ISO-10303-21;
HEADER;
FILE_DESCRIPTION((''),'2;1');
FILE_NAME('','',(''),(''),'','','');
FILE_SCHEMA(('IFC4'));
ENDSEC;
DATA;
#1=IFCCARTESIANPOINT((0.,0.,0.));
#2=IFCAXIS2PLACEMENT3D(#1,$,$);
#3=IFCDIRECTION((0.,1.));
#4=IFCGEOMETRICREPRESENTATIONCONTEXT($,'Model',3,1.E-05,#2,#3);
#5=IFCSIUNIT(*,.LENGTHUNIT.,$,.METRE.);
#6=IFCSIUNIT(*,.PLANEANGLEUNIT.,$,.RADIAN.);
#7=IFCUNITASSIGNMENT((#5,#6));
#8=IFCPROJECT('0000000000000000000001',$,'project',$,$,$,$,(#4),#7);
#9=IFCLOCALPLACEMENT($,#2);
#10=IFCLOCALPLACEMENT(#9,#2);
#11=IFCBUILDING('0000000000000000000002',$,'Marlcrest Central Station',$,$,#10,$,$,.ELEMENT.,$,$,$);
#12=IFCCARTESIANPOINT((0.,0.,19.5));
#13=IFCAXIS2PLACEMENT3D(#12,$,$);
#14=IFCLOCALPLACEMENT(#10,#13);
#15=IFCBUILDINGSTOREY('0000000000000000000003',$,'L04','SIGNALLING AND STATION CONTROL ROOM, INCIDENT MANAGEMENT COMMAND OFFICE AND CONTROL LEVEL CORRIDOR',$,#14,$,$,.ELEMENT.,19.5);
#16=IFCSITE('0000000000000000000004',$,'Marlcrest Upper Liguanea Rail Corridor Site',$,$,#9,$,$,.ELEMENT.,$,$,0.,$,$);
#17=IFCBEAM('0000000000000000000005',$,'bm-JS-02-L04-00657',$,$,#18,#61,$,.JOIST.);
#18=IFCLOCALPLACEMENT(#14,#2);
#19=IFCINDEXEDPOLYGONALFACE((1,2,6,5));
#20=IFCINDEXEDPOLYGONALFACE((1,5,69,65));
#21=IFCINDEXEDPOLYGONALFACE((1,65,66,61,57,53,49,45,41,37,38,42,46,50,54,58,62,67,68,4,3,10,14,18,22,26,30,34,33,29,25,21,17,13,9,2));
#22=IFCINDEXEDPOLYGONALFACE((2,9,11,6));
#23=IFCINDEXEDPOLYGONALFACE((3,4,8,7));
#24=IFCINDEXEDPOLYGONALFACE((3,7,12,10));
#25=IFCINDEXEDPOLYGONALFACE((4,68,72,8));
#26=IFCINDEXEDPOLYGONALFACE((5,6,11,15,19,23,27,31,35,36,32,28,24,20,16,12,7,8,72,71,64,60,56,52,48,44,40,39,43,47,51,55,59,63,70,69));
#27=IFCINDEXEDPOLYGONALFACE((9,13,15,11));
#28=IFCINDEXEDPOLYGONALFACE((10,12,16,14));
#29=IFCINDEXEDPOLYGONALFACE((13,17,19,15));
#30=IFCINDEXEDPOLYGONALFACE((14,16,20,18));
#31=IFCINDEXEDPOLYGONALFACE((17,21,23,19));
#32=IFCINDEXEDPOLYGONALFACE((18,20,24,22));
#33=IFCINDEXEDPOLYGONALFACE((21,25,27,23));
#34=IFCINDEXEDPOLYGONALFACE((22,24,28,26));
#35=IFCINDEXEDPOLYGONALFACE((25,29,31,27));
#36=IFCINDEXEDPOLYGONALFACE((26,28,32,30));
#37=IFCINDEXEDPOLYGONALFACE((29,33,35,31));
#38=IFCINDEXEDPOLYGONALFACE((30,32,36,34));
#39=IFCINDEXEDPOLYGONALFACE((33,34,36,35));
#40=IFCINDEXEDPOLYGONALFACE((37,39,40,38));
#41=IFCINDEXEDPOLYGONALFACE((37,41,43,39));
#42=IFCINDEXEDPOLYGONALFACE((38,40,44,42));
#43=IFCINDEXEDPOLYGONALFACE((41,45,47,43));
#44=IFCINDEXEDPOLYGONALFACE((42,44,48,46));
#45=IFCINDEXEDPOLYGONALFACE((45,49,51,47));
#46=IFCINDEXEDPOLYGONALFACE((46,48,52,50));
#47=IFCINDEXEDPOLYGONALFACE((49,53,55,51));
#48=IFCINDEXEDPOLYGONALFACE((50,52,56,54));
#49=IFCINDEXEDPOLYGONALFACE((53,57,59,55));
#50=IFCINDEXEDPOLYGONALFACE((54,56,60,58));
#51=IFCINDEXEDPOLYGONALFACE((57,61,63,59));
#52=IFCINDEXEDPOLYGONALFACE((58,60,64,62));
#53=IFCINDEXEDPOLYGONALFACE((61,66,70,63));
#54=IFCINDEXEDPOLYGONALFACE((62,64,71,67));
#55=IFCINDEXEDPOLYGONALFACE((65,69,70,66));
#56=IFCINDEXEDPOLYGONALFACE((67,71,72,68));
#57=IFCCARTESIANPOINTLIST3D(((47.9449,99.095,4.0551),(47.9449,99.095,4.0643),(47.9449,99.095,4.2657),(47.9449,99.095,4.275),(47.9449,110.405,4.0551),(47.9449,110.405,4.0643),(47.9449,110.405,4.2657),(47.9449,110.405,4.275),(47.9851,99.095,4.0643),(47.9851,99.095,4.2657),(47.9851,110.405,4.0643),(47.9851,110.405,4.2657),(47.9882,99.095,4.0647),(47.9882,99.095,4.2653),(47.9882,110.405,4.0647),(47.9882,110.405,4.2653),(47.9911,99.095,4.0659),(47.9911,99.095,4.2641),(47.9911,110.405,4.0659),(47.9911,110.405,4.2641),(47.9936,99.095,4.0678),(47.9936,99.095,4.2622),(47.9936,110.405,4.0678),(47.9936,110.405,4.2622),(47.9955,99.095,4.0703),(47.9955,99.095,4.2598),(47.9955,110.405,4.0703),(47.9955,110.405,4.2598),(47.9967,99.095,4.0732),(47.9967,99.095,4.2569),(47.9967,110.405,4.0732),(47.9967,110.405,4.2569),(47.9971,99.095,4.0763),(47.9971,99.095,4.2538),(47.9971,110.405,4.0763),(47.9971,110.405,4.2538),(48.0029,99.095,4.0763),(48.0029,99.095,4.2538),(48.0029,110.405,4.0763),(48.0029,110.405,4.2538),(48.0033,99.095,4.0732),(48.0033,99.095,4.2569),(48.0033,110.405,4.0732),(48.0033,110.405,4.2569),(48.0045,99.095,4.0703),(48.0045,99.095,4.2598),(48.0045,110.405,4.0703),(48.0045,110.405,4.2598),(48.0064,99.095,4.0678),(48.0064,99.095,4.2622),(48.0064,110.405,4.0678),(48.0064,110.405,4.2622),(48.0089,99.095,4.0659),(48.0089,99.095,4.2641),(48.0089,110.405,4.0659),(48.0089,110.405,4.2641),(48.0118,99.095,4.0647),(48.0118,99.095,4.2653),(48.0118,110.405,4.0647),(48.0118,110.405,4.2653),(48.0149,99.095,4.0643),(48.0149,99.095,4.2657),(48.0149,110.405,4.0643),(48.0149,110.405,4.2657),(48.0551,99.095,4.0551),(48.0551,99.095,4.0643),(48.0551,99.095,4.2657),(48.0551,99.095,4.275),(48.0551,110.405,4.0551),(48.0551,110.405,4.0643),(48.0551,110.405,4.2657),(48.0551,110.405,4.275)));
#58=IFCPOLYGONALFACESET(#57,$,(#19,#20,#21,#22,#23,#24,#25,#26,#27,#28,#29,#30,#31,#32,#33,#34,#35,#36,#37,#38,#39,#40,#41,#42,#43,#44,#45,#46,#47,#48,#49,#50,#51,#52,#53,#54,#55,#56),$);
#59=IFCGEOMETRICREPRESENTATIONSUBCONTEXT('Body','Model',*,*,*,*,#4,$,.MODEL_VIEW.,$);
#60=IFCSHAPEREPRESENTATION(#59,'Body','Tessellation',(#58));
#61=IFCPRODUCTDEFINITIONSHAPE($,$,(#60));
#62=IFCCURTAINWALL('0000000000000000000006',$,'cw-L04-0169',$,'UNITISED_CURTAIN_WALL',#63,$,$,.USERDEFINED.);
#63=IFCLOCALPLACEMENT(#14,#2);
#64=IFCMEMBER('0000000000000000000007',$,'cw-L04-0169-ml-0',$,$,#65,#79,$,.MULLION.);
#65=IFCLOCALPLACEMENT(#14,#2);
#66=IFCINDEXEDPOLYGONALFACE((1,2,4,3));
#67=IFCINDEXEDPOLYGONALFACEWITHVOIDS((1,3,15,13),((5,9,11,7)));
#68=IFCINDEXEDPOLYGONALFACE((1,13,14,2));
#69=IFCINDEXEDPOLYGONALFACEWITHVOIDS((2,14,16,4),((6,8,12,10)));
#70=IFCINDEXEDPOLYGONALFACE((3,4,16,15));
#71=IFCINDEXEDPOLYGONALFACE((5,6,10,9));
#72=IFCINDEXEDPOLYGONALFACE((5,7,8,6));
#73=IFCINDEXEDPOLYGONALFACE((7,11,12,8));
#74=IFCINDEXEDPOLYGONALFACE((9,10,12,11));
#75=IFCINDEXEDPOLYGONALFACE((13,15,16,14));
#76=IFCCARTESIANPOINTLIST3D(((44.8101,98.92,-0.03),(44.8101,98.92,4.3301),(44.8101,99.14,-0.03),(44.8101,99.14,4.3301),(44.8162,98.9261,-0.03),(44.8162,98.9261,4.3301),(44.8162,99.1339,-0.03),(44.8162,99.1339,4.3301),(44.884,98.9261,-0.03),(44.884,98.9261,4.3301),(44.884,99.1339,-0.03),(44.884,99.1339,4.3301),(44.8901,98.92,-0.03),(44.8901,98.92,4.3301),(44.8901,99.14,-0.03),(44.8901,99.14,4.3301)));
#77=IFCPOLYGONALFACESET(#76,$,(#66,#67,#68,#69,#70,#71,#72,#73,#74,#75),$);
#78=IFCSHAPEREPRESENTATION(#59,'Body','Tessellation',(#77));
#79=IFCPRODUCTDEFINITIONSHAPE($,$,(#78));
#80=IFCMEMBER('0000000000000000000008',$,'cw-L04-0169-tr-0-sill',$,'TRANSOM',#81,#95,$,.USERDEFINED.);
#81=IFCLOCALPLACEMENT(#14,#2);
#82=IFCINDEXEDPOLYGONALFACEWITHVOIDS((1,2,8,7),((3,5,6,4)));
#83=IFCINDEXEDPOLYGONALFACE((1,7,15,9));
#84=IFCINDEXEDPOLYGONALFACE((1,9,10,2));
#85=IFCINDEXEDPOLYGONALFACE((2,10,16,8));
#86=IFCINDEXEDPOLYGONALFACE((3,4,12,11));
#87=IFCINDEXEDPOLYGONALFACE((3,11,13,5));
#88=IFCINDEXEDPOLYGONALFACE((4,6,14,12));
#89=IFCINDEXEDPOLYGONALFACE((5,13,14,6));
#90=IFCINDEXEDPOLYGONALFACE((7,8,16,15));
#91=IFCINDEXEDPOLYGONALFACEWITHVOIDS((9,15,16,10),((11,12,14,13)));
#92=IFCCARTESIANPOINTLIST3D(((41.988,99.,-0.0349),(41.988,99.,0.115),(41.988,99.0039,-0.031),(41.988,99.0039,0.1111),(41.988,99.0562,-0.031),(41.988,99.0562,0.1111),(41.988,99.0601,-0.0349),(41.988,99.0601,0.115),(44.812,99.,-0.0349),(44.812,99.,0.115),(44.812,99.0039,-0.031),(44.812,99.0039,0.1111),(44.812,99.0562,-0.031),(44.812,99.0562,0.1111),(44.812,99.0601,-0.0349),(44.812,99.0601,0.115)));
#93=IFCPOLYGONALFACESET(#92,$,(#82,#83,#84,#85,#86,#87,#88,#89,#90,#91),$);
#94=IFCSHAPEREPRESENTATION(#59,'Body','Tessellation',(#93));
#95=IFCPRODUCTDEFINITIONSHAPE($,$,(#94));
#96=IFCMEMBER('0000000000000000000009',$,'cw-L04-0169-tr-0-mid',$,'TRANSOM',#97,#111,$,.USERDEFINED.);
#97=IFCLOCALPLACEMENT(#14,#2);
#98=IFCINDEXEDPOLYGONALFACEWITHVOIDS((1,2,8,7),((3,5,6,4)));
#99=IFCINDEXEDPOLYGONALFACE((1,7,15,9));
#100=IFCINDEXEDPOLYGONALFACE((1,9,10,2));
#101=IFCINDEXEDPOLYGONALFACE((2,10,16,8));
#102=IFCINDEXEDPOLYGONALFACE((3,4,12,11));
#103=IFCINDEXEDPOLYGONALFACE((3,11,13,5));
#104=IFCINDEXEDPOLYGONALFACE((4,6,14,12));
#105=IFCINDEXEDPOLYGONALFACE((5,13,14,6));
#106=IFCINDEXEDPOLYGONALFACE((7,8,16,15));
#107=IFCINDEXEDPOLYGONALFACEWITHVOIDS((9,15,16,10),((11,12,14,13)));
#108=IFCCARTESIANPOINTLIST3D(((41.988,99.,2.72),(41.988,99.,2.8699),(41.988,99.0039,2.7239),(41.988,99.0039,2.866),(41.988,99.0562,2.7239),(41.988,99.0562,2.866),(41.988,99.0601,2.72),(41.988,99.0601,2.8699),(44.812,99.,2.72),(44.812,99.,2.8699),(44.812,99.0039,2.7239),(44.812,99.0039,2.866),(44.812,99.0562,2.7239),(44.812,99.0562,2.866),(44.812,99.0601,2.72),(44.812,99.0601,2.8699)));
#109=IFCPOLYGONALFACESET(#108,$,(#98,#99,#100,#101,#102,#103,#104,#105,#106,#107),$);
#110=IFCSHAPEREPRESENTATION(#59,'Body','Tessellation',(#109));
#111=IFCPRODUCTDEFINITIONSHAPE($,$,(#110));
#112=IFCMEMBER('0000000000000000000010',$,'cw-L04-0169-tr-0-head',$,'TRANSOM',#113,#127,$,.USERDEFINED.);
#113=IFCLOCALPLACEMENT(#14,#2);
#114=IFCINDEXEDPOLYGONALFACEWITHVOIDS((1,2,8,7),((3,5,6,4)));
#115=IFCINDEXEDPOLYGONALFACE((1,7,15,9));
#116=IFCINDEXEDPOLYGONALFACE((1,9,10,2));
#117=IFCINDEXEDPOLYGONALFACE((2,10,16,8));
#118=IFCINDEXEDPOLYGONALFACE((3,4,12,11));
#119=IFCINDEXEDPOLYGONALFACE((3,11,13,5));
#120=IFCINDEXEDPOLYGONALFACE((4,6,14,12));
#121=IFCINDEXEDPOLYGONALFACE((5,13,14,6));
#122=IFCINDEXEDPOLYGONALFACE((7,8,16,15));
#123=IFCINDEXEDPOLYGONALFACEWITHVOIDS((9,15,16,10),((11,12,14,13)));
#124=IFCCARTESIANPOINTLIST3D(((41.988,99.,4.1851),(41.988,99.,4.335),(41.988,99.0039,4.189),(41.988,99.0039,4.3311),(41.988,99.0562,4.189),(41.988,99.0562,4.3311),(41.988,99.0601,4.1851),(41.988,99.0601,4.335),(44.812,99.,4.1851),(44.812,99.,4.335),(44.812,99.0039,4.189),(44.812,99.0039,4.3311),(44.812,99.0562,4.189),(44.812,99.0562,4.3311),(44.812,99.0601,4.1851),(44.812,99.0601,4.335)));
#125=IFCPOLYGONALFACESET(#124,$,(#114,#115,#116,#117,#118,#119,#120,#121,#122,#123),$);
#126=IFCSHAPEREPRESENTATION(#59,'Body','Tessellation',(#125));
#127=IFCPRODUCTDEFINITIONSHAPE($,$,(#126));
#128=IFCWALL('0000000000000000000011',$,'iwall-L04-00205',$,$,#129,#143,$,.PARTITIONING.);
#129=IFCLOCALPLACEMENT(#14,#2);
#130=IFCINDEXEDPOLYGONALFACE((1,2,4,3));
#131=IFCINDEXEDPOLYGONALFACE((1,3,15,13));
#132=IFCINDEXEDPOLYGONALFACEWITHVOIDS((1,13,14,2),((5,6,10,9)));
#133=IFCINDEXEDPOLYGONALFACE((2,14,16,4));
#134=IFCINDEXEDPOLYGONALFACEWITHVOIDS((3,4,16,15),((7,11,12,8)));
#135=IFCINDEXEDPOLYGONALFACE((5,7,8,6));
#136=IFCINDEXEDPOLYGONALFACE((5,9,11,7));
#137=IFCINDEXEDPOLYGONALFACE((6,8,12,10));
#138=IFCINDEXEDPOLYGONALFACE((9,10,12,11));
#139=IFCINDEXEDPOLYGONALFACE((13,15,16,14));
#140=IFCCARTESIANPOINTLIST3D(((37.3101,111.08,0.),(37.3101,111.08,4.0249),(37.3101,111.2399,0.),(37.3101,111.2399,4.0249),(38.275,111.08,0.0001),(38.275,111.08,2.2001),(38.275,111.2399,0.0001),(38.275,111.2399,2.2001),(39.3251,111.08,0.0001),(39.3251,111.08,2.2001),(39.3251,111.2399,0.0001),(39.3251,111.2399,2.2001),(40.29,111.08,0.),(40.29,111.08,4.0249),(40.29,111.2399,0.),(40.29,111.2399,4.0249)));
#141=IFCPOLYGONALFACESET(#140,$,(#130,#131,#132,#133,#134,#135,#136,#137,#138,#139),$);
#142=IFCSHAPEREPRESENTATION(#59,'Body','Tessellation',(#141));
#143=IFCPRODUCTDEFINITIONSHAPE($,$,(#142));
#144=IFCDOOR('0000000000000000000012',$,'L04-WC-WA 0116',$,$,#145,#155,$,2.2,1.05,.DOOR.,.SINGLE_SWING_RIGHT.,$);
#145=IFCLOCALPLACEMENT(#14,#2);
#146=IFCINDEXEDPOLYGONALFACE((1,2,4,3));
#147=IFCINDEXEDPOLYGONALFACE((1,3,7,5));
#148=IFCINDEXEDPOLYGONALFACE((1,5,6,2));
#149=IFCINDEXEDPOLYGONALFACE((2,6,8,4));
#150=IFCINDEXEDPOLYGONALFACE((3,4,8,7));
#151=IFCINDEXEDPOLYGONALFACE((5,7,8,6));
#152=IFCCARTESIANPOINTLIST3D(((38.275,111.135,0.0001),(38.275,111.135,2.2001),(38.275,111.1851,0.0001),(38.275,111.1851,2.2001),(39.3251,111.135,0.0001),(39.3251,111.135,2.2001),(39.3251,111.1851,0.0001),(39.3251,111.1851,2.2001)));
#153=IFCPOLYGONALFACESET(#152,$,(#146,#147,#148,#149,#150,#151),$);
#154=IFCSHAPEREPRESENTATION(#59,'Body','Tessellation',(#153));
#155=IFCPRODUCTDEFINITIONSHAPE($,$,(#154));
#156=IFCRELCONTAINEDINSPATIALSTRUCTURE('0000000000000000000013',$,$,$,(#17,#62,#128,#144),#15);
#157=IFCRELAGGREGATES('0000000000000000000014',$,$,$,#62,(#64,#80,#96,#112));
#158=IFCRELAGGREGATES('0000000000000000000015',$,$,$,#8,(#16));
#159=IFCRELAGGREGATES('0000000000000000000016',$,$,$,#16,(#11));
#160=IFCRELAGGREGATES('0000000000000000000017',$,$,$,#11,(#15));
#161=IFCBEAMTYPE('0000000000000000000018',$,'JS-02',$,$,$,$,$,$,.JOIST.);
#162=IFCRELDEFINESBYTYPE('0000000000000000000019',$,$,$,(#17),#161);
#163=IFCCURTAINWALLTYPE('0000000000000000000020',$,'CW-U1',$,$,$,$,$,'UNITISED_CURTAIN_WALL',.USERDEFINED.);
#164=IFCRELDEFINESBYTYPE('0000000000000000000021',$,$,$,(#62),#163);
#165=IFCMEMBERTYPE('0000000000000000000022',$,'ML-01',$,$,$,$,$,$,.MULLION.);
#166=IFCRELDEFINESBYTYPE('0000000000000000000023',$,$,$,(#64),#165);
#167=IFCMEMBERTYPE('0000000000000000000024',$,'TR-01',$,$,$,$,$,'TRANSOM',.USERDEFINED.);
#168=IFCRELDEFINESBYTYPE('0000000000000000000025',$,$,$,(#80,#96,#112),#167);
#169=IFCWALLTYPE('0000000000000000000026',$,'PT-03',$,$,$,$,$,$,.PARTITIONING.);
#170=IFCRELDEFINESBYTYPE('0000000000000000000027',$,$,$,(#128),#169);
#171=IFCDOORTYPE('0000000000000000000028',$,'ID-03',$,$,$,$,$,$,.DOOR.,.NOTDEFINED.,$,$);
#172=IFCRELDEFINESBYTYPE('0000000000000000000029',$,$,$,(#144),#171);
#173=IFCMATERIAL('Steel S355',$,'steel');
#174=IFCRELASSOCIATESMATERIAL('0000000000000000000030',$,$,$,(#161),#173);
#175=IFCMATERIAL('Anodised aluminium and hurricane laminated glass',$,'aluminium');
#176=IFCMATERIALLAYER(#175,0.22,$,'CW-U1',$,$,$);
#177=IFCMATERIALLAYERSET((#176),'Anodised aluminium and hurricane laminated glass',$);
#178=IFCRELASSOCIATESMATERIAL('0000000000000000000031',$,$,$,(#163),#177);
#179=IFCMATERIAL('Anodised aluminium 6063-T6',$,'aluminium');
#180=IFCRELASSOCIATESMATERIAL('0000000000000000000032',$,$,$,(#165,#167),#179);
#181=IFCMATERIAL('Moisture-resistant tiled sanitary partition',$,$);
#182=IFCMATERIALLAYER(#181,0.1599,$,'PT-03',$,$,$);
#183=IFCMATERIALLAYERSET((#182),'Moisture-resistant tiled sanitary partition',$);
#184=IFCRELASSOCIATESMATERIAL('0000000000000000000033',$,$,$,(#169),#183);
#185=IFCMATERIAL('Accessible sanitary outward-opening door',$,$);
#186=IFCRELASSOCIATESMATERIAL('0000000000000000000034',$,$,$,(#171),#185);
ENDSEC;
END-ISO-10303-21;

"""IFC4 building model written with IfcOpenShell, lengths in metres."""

from ifc_helpers import new_model, si_unit, direction, frame, frame_2d, origin, origin_2d, place, context, subcontext, project, spatial, rectangle, hollow_rectangle, i_section, extrude, material, layer, layer_set, material_profile, profile_set, type_object, element, fill, aggregate, save


model = new_model("IFC4")

# Units and contexts
model_context = context("Model", 3, precision=1e-05, world=origin(), true_north=direction((0.0, 1.0)))
body_context = subcontext(model_context, "Body", "Model", "MODEL_VIEW")
ifc_project = project(units=[si_unit("LENGTHUNIT", "METRE"), si_unit("PLANEANGLEUNIT", "RADIAN")], contexts=[model_context])

# Site, building, storey
site_placement = place(None, origin())
site = spatial("IfcSite", under=ifc_project, at=site_placement, Name="Marlcrest Upper Liguanea Rail Corridor Site", CompositionType="ELEMENT", RefElevation=0.0)
building_placement = place(site_placement, origin())
building = spatial("IfcBuilding", under=site, at=building_placement, Name="Marlcrest Central Station", CompositionType="ELEMENT")
storey_placement = place(building_placement, frame((0.0, 0.0, 19.5)))
storey = spatial("IfcBuildingStorey", under=building, at=storey_placement, Name="L04", Description="SIGNALLING AND STATION CONTROL ROOM, INCIDENT MANAGEMENT COMMAND OFFICE AND CONTROL LEVEL CORRIDOR", CompositionType="ELEMENT", Elevation=19.5)

# Shared definitions
ifc_material_1 = material(Name="Steel S355", Category="steel")

# Beam
ifc_material_profile_1 = material_profile(ifc_material_1, i_section(OverallWidth=0.1101, OverallDepth=0.22, WebThickness=0.0059, FlangeThickness=0.0093, FilletRadius=0.012, at=origin_2d()), Name="IPE 220")
ifc_profile_set_1 = profile_set([ifc_material_profile_1], Name="Steel S355")
beam_type_1 = type_object("IfcBeamType", Name="JS-02", PredefinedType="JOIST", material=ifc_profile_set_1)
beam_1_placement = place(storey_placement, frame((48.0, 99.095, 4.165), z_axis=(0.0, 1.0, 0.0), x_axis=(-1.0, 0.0, 0.0)))
element("IfcBeam", 1, at=beam_1_placement, inside=storey, type_object=beam_type_1, Name="bm-JS-02-L04-00657", PredefinedType="JOIST", context=body_context, shape_type="SweptSolid", body=[
    extrude(i_section(OverallWidth=0.1101, OverallDepth=0.22, WebThickness=0.0059, FlangeThickness=0.0093, FilletRadius=0.012, at=origin_2d()), origin(), (0.0, 0.0, 1.0), 11.3101),
])

# Curtain wall, members
ifc_material_2 = material(Name="Anodised aluminium and hurricane laminated glass", Category="aluminium")
ifc_layer_1 = layer(ifc_material_2, 0.22, Name="CW-U1")
ifc_layer_set_1 = layer_set([ifc_layer_1], Name="Anodised aluminium and hurricane laminated glass")
curtain_wall_type = type_object("IfcCurtainWallType", Name="CW-U1", ElementType="UNITISED_CURTAIN_WALL", PredefinedType="USERDEFINED", material=ifc_layer_set_1)
curtain_wall_placement = place(storey_placement, origin())
curtain_wall = element("IfcCurtainWall", 2, at=curtain_wall_placement, inside=storey, type_object=curtain_wall_type, Name="cw-L04-0169", ObjectType="UNITISED_CURTAIN_WALL", PredefinedType="USERDEFINED")
ifc_material_3 = material(Name="Anodised aluminium 6063-T6", Category="aluminium")
ifc_material_profile_2 = material_profile(ifc_material_3, hollow_rectangle(XDim=0.0801, YDim=0.22, WallThickness=0.0061, at=origin_2d()), Name="AA-RHS 220x80x6")
ifc_profile_set_2 = profile_set([ifc_material_profile_2], Name="Anodised aluminium 6063-T6")
member_type_1 = type_object("IfcMemberType", Name="ML-01", PredefinedType="MULLION", material=ifc_profile_set_2)
member_1_placement = place(storey_placement, frame((44.8501, 99.03, -0.03), z_axis=(0.0, 0.0, 1.0), x_axis=(1.0, 0.0, 0.0)))
member_1 = element("IfcMember", 3, at=member_1_placement, type_object=member_type_1, Name="cw-L04-0169-ml-0", PredefinedType="MULLION", context=body_context, shape_type="SweptSolid", body=[
    extrude(hollow_rectangle(XDim=0.0801, YDim=0.22, WallThickness=0.0061, at=origin_2d()), origin(), (0.0, 0.0, 1.0), 4.3601),
])
ifc_material_profile_3 = material_profile(ifc_material_3, hollow_rectangle(XDim=0.0601, YDim=0.1499, WallThickness=0.0039, at=origin_2d()), Name="AA-RHS 150x60x4")
ifc_profile_set_3 = profile_set([ifc_material_profile_3], Name="Anodised aluminium 6063-T6")
member_type_2 = type_object("IfcMemberType", Name="TR-01", ElementType="TRANSOM", PredefinedType="USERDEFINED", material=ifc_profile_set_3)
member_2_placement = place(storey_placement, frame((44.812, 99.03, 0.04), z_axis=(-1.0, 0.0, 0.0), x_axis=(0.0, -1.0, 0.0)))
member_2 = element("IfcMember", 4, at=member_2_placement, type_object=member_type_2, Name="cw-L04-0169-tr-0-sill", ObjectType="TRANSOM", PredefinedType="USERDEFINED", context=body_context, shape_type="SweptSolid", body=[
    extrude(hollow_rectangle(XDim=0.0601, YDim=0.1499, WallThickness=0.0039, at=origin_2d()), origin(), (0.0, 0.0, 1.0), 2.824),
])
member_3_placement = place(storey_placement, frame((44.812, 99.03, 2.7949), z_axis=(-1.0, 0.0, 0.0), x_axis=(0.0, -1.0, 0.0)))
member_3 = element("IfcMember", 5, at=member_3_placement, type_object=member_type_2, Name="cw-L04-0169-tr-0-mid", ObjectType="TRANSOM", PredefinedType="USERDEFINED", context=body_context, shape_type="SweptSolid", body=[
    extrude(hollow_rectangle(XDim=0.0601, YDim=0.1499, WallThickness=0.0039, at=origin_2d()), origin(), (0.0, 0.0, 1.0), 2.824),
])
member_4_placement = place(storey_placement, frame((44.812, 99.03, 4.26), z_axis=(-1.0, 0.0, 0.0), x_axis=(0.0, -1.0, 0.0)))
member_4 = element("IfcMember", 6, at=member_4_placement, type_object=member_type_2, Name="cw-L04-0169-tr-0-head", ObjectType="TRANSOM", PredefinedType="USERDEFINED", context=body_context, shape_type="SweptSolid", body=[
    extrude(hollow_rectangle(XDim=0.0601, YDim=0.1499, WallThickness=0.0039, at=origin_2d()), origin(), (0.0, 0.0, 1.0), 2.824),
])
aggregate(curtain_wall, [member_1, member_2, member_3, member_4])

# Wall, opening, door
ifc_material_4 = material(Name="Moisture-resistant tiled sanitary partition")
ifc_layer_2 = layer(ifc_material_4, 0.1599, Name="PT-03")
ifc_layer_set_2 = layer_set([ifc_layer_2], Name="Moisture-resistant tiled sanitary partition")
wall_type_1 = type_object("IfcWallType", Name="PT-03", PredefinedType="PARTITIONING", material=ifc_layer_set_2)
wall_1_placement = place(storey_placement, frame((40.29, 111.1599, 0.0), z_axis=(0.0, 0.0, 1.0), x_axis=(-1.0, 0.0, 0.0)))
wall_1 = element("IfcWall", 7, at=wall_1_placement, inside=storey, type_object=wall_type_1, Name="iwall-L04-00205", PredefinedType="PARTITIONING", context=body_context, shape_type="SweptSolid", body=[
    extrude(rectangle(XDim=2.98, YDim=0.1599, at=frame_2d((1.49, 0.0))), origin(), (0.0, 0.0, 1.0), 4.0249),
])
opening_1_placement = place(wall_1_placement, frame((0.9651, 0.0, 0.0)))
opening_1 = element("IfcOpeningElement", 8, at=opening_1_placement, cuts=wall_1, PredefinedType="OPENING", context=body_context, shape_type="SweptSolid", body=[
    extrude(rectangle(XDim=1.05, YDim=2.2, at=frame_2d((0.5249, 1.1001))), frame((0.0, 0.0898, 0.0), z_axis=(0.0, -1.0, 0.0), x_axis=(1.0, 0.0, 0.0)), (0.0, 0.0, 1.0), 0.1799),
])
ifc_material_5 = material(Name="Accessible sanitary outward-opening door")
door_type_1 = type_object("IfcDoorType", Name="ID-03", OperationType="NOTDEFINED", PredefinedType="DOOR", material=ifc_material_5)
door_1_placement = place(opening_1_placement, origin())
door_1 = element("IfcDoor", 9, at=door_1_placement, inside=storey, type_object=door_type_1, Name="L04-WC-WA 0116", OperationType="SINGLE_SWING_RIGHT", OverallHeight=2.2, OverallWidth=1.05, PredefinedType="DOOR", context=body_context, shape_type="SweptSolid", body=[
    extrude(rectangle(XDim=1.05, YDim=2.2, at=frame_2d((0.5249, 1.1001))), frame((0.0, 0.0249, 0.0), z_axis=(0.0, -1.0, 0.0), x_axis=(1.0, 0.0, 0.0)), (0.0, 0.0, 1.0), 0.05),
])
fill(opening_1, door_1)

save(model, "model.ifc")
